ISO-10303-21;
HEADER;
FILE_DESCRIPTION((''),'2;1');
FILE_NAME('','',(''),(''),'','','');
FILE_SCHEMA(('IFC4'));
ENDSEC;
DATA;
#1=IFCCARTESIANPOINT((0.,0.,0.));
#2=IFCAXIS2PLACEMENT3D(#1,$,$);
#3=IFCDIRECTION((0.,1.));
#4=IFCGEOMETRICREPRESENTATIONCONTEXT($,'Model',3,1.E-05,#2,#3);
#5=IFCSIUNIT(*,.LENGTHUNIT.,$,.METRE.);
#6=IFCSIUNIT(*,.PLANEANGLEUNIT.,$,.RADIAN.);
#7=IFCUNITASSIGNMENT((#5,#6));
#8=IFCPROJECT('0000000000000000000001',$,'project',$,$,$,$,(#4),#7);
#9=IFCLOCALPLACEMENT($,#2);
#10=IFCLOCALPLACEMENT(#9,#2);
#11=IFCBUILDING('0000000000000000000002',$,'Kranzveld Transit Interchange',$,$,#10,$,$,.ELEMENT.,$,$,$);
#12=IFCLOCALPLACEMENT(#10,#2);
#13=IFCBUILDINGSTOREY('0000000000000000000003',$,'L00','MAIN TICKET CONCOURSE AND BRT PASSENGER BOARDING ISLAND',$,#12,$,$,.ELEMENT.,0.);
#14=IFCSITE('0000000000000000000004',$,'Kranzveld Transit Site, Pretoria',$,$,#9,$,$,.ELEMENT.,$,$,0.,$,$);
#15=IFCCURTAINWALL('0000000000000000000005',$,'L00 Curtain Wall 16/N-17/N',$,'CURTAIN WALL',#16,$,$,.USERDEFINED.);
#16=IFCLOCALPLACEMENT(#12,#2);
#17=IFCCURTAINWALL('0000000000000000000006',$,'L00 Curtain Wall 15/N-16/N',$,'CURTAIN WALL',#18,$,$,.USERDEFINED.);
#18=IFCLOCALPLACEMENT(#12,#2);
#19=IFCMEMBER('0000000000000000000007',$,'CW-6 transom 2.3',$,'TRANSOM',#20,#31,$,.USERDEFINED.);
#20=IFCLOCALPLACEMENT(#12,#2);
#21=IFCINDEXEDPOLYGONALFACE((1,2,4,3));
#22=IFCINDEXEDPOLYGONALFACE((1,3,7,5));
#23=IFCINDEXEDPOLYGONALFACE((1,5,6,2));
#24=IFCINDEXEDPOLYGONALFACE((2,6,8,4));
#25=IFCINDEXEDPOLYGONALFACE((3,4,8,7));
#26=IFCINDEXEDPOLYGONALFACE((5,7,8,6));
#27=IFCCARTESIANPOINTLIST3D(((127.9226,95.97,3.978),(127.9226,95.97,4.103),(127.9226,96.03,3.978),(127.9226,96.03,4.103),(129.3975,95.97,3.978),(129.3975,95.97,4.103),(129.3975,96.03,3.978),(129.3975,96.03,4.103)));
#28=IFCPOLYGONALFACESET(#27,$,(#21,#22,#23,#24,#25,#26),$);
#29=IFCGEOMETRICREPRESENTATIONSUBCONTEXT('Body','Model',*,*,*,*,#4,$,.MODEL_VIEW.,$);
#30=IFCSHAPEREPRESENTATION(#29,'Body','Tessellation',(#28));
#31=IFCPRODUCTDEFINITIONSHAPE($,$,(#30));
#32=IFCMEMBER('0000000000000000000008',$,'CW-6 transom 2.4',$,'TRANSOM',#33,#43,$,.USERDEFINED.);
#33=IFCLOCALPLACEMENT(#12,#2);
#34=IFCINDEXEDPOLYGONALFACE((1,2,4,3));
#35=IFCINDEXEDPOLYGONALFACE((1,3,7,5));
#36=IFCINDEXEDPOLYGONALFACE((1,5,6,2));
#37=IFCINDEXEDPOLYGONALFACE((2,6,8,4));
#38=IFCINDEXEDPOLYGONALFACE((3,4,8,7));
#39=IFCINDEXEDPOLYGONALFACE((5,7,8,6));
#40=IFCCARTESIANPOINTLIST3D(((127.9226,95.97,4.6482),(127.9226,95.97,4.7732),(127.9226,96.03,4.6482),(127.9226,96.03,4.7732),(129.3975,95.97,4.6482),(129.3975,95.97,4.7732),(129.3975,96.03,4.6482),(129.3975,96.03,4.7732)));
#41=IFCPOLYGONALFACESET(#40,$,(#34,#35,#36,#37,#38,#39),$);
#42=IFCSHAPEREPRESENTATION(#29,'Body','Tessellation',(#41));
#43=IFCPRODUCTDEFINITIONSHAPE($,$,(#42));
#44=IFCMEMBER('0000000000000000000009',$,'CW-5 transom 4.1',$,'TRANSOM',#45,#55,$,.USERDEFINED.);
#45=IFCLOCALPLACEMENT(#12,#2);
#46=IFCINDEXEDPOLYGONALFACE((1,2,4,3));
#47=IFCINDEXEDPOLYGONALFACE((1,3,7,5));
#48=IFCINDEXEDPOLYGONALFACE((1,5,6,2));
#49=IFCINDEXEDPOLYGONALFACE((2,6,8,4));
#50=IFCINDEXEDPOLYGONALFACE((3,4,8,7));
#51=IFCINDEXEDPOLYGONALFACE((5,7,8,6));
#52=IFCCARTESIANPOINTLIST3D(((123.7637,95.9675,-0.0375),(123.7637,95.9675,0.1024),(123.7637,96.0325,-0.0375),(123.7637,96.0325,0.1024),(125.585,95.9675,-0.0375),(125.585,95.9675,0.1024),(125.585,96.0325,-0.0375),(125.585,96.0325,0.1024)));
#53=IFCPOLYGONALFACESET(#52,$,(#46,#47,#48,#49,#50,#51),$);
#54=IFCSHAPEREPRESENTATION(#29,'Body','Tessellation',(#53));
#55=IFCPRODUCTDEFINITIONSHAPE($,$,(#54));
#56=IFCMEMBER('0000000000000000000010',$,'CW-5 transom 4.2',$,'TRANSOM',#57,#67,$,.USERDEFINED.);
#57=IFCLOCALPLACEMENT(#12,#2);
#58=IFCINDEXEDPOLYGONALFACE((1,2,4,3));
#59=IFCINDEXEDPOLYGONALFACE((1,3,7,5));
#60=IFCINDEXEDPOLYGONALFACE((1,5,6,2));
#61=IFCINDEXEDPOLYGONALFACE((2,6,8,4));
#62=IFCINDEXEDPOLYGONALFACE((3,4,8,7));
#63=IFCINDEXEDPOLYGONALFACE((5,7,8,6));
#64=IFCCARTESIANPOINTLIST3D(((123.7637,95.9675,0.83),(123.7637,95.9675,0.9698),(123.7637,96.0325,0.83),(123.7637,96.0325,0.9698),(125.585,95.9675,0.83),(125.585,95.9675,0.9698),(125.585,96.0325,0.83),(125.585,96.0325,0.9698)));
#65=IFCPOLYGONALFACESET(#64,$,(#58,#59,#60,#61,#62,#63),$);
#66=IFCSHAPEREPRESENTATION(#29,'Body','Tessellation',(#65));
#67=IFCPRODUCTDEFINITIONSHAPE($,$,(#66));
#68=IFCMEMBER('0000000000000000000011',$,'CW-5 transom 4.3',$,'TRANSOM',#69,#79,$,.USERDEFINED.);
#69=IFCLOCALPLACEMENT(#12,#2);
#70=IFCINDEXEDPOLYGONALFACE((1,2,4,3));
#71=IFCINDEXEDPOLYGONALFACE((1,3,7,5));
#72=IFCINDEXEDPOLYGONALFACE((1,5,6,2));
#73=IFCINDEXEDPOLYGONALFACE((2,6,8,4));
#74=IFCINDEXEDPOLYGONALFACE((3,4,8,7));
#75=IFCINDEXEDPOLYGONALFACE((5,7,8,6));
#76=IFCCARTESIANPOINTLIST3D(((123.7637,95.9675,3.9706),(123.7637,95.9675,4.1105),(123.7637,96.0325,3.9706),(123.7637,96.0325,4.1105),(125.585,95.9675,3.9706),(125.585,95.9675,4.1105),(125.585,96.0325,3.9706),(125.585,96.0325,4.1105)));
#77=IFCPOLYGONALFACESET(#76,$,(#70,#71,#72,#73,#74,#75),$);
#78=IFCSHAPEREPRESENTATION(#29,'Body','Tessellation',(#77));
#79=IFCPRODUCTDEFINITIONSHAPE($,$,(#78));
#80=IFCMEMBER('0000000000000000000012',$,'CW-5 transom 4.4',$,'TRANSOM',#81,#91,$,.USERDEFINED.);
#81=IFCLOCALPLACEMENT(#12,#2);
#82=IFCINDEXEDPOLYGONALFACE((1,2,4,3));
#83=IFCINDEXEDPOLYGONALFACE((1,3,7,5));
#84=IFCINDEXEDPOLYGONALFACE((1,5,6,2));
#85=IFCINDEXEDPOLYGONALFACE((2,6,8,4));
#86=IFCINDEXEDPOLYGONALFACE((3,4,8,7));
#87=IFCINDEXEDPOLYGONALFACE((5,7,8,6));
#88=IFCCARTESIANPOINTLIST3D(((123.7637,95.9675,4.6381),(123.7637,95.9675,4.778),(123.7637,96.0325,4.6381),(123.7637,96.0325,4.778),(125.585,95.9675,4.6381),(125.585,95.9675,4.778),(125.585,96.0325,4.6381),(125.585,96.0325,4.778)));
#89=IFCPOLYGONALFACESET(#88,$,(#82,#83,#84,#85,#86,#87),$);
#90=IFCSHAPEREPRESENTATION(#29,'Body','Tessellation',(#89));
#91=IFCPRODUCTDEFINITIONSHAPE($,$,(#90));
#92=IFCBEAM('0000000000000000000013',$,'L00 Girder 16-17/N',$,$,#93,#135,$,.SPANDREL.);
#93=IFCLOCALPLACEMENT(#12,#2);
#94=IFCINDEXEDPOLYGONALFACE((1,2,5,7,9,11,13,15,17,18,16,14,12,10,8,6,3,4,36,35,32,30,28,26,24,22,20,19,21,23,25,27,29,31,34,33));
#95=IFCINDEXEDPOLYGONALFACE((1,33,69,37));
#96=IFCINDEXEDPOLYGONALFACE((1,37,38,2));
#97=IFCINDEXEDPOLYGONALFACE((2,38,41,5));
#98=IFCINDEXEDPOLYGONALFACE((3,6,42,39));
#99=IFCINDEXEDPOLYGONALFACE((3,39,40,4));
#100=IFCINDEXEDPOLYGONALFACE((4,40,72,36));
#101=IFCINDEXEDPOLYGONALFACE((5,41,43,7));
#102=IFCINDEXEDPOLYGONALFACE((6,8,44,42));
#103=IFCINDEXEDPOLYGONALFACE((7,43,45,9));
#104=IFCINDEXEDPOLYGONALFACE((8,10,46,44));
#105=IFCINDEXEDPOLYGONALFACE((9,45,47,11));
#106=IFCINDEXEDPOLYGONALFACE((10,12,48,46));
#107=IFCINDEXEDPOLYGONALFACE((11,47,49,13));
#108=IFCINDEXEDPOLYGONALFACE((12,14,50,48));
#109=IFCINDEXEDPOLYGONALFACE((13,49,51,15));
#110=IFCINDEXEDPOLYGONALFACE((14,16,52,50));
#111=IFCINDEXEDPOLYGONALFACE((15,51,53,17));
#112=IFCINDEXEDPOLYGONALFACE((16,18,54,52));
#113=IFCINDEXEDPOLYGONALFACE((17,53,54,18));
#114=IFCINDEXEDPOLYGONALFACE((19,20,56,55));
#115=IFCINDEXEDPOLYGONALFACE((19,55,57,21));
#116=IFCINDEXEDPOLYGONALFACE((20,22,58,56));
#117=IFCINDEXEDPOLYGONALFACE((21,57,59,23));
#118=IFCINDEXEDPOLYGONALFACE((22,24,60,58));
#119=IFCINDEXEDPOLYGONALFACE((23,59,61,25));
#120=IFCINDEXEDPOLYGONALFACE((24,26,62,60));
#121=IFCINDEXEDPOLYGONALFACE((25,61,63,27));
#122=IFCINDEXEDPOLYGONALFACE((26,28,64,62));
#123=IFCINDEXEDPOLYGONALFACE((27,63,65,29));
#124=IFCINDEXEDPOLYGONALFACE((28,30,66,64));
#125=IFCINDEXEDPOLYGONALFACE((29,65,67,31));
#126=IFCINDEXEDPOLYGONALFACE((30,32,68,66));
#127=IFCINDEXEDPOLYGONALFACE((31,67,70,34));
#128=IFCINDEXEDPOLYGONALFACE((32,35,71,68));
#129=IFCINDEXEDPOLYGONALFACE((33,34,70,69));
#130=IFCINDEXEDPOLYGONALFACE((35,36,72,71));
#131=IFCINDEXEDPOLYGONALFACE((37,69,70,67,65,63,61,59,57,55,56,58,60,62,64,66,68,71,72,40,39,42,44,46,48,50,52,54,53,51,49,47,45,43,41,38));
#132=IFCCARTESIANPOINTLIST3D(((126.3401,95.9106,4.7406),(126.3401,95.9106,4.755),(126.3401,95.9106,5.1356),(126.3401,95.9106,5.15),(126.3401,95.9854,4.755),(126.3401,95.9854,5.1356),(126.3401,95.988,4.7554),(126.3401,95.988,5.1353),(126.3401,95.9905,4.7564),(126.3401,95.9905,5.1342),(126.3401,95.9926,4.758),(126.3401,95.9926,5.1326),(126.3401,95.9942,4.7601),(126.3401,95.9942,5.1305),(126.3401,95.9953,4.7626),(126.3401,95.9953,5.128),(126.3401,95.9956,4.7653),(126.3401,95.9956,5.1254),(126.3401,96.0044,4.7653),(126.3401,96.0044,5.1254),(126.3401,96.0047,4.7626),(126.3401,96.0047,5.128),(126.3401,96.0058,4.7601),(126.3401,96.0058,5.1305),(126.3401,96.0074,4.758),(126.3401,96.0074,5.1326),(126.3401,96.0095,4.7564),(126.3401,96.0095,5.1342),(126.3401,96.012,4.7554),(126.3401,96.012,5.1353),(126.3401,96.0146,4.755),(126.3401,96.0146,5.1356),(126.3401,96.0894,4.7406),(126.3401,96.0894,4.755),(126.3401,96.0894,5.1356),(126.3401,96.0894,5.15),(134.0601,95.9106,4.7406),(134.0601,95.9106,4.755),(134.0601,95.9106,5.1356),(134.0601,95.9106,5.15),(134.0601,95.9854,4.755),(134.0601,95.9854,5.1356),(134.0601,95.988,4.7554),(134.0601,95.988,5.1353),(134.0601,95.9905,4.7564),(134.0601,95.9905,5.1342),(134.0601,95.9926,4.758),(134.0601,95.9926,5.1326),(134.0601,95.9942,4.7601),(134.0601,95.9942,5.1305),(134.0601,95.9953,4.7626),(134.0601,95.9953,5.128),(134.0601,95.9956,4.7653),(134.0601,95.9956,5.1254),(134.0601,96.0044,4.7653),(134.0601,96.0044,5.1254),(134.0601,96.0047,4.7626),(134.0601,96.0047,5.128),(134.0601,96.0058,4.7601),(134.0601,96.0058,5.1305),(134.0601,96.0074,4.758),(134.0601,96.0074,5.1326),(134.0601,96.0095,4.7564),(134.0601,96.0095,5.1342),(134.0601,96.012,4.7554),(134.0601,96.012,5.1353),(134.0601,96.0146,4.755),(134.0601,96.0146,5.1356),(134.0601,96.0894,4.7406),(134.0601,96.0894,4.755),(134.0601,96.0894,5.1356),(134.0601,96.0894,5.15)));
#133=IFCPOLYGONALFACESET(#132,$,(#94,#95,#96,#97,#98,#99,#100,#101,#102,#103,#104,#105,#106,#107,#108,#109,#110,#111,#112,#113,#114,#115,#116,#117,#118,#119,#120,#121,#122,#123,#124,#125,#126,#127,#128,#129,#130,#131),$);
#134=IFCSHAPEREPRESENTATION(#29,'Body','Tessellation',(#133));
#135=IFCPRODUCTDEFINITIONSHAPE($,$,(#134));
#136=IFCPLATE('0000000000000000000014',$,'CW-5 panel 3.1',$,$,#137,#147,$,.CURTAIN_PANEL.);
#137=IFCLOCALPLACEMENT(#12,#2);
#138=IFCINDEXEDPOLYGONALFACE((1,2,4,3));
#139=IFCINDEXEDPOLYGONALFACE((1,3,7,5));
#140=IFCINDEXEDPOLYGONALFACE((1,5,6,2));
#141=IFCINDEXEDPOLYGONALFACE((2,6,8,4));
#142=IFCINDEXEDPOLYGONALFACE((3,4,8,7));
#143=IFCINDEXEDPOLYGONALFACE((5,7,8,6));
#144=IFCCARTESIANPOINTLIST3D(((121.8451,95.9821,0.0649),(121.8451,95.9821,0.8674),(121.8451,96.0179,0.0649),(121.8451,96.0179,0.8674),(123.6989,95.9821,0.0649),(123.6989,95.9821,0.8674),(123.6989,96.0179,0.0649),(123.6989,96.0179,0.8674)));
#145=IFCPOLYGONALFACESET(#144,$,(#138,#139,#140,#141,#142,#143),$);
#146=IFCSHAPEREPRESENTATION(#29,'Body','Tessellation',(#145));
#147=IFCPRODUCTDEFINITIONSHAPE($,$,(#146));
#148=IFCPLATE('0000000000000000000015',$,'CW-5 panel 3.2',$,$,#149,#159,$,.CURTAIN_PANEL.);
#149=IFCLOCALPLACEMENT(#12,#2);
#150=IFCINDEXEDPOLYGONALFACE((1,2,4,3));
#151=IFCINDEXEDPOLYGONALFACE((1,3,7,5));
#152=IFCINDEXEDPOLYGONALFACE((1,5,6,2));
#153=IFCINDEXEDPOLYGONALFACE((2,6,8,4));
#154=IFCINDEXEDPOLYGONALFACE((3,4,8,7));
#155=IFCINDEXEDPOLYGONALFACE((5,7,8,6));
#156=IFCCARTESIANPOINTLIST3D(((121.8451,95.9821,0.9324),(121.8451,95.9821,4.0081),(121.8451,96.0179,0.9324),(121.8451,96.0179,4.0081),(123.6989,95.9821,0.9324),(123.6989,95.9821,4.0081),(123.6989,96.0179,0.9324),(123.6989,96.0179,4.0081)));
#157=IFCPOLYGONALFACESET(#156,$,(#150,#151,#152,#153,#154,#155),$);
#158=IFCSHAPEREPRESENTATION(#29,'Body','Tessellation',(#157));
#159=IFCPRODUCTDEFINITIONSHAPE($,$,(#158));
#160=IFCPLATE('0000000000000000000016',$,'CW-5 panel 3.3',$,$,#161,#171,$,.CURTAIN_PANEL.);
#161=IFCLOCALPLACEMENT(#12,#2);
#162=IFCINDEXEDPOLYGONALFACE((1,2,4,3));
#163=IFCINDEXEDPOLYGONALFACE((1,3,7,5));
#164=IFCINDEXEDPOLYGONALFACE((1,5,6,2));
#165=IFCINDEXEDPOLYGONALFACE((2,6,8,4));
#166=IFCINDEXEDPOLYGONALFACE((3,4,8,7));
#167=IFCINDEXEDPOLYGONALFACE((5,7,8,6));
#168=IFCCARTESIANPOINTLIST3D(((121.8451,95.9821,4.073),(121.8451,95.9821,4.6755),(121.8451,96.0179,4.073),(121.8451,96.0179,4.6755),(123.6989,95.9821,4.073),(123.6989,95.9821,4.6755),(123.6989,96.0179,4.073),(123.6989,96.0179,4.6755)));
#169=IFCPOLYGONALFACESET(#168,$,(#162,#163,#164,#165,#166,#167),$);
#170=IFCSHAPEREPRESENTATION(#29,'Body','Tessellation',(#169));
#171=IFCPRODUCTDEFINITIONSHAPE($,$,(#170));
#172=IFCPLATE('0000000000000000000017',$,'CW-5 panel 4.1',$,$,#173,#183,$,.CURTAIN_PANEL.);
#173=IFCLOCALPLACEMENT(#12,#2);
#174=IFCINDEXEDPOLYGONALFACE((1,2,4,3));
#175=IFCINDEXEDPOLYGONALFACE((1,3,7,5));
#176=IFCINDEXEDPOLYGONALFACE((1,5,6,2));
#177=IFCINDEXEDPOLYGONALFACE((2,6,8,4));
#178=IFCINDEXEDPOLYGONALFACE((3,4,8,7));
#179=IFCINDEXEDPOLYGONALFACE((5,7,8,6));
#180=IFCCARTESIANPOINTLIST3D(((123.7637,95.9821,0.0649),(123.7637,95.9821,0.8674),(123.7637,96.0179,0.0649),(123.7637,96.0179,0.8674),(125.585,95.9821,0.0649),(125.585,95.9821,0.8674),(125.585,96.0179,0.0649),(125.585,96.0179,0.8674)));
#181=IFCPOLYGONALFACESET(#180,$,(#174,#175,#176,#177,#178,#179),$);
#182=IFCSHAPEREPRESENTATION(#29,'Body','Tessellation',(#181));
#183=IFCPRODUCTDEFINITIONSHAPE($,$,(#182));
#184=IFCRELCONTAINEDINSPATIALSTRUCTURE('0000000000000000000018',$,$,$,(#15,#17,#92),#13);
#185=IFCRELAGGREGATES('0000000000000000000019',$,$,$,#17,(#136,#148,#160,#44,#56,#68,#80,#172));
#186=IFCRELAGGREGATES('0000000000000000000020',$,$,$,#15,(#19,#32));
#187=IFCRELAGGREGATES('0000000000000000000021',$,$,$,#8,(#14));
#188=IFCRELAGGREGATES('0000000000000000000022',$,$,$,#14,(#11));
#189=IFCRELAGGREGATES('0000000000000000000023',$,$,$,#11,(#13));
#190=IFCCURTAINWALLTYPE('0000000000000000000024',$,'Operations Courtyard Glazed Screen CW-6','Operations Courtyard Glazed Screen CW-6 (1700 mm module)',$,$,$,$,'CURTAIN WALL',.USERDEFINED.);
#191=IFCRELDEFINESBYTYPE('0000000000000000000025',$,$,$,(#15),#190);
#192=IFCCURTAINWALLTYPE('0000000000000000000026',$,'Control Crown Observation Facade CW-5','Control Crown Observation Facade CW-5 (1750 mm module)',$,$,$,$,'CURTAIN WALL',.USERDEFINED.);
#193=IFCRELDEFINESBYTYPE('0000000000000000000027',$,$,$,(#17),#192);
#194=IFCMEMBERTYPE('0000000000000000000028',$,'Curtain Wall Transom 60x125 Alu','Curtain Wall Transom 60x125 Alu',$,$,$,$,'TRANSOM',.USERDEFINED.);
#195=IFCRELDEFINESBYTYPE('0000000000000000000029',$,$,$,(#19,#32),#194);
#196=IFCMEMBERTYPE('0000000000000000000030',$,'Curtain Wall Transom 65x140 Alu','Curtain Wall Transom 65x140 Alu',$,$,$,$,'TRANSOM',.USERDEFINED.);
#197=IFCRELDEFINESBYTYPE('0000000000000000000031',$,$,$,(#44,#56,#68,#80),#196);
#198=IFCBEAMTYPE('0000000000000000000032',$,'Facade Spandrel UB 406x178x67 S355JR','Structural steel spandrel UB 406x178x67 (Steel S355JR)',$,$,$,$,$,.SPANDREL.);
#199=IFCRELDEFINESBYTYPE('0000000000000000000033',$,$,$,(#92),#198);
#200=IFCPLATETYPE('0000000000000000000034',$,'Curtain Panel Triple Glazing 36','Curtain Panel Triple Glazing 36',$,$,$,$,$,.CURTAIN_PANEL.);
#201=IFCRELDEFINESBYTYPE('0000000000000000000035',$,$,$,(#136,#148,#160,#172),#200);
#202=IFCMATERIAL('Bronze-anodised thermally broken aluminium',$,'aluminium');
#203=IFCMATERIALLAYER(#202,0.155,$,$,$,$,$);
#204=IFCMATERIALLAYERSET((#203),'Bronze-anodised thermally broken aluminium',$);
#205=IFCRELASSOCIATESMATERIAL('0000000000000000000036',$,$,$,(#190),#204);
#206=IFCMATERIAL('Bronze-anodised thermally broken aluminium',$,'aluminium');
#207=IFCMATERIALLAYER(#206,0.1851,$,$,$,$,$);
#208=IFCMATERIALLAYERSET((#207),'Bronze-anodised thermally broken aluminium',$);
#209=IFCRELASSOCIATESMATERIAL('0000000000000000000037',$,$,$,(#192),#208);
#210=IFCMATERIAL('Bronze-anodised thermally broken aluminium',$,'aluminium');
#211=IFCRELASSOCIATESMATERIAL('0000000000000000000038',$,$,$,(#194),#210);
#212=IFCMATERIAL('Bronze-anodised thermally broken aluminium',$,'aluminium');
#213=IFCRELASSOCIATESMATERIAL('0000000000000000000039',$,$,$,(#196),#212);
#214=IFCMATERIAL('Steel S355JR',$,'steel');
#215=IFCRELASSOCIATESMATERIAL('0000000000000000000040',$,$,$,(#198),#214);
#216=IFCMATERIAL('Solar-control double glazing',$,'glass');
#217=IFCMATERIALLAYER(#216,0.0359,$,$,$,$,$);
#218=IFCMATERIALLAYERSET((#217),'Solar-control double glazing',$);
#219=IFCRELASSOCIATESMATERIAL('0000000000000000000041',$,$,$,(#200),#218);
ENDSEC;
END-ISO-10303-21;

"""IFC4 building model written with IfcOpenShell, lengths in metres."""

from ifc_helpers import new_model, si_unit, direction, frame, origin, origin_2d, place, context, subcontext, project, spatial, rectangle, i_section, extrude, material, layer, layer_set, material_profile, profile_set, type_object, element, aggregate, save


model = new_model("IFC4")

# Units and contexts
model_context = context("Model", 3, precision=1e-05, world=origin(), true_north=direction((0.0, 1.0)))
body_context = subcontext(model_context, "Body", "Model", "MODEL_VIEW")
ifc_project = project(units=[si_unit("LENGTHUNIT", "METRE"), si_unit("PLANEANGLEUNIT", "RADIAN")], contexts=[model_context])

# Site, building, storey
site_placement = place(None, origin())
site = spatial("IfcSite", under=ifc_project, at=site_placement, Name="Kranzveld Transit Site, Pretoria", CompositionType="ELEMENT", RefElevation=0.0)
building_placement = place(site_placement, origin())
building = spatial("IfcBuilding", under=site, at=building_placement, Name="Kranzveld Transit Interchange", CompositionType="ELEMENT")
storey_placement = place(building_placement, origin())
storey = spatial("IfcBuildingStorey", under=building, at=storey_placement, Name="L00", Description="MAIN TICKET CONCOURSE AND BRT PASSENGER BOARDING ISLAND", CompositionType="ELEMENT", Elevation=0.0)

# Curtain walls
ifc_material_1 = material(Name="Bronze-anodised thermally broken aluminium", Category="aluminium")
ifc_layer_1 = layer(ifc_material_1, 0.155)
ifc_layer_set_1 = layer_set([ifc_layer_1], Name="Bronze-anodised thermally broken aluminium")
curtain_wall_type_1 = type_object("IfcCurtainWallType", Name="Operations Courtyard Glazed Screen CW-6", Description="Operations Courtyard Glazed Screen CW-6 (1700 mm module)", ElementType="CURTAIN WALL", PredefinedType="USERDEFINED", material=ifc_layer_set_1)
curtain_wall_1_placement = place(storey_placement, origin())
curtain_wall_1 = element("IfcCurtainWall", 1, at=curtain_wall_1_placement, inside=storey, type_object=curtain_wall_type_1, Name="L00 Curtain Wall 16/N-17/N", ObjectType="CURTAIN WALL", PredefinedType="USERDEFINED")
ifc_material_2 = material(Name="Bronze-anodised thermally broken aluminium", Category="aluminium")
ifc_layer_2 = layer(ifc_material_2, 0.1851)
ifc_layer_set_2 = layer_set([ifc_layer_2], Name="Bronze-anodised thermally broken aluminium")
curtain_wall_type_2 = type_object("IfcCurtainWallType", Name="Control Crown Observation Facade CW-5", Description="Control Crown Observation Facade CW-5 (1750 mm module)", ElementType="CURTAIN WALL", PredefinedType="USERDEFINED", material=ifc_layer_set_2)
curtain_wall_2_placement = place(storey_placement, origin())
curtain_wall_2 = element("IfcCurtainWall", 2, at=curtain_wall_2_placement, inside=storey, type_object=curtain_wall_type_2, Name="L00 Curtain Wall 15/N-16/N", ObjectType="CURTAIN WALL", PredefinedType="USERDEFINED")

# Members
ifc_material_3 = material(Name="Bronze-anodised thermally broken aluminium", Category="aluminium")
ifc_material_profile_1 = material_profile(ifc_material_3, rectangle(XDim=0.0601, YDim=0.125, at=origin_2d()), Name="ALU TRANSOM 60x125")
ifc_profile_set_1 = profile_set([ifc_material_profile_1], Name="Bronze-anodised thermally broken aluminium")
member_type_1 = type_object("IfcMemberType", Name="Curtain Wall Transom 60x125 Alu", Description="Curtain Wall Transom 60x125 Alu", ElementType="TRANSOM", PredefinedType="USERDEFINED", material=ifc_profile_set_1)
member_1_placement = place(storey_placement, frame((127.9226, 96.0, 4.0405), z_axis=(1.0, 0.0, 0.0), x_axis=(0.0, 1.0, 0.0)))
member_1 = element("IfcMember", 3, at=member_1_placement, type_object=member_type_1, Name="CW-6 transom 2.3", ObjectType="TRANSOM", PredefinedType="USERDEFINED", context=body_context, shape_type="SweptSolid", body=[
    extrude(rectangle(XDim=0.0601, YDim=0.125, at=origin_2d()), origin(), (0.0, 0.0, 1.0), 1.4749),
])
member_2_placement = place(storey_placement, frame((127.9226, 96.0, 4.7107), z_axis=(1.0, 0.0, 0.0), x_axis=(0.0, 1.0, 0.0)))
member_2 = element("IfcMember", 4, at=member_2_placement, type_object=member_type_1, Name="CW-6 transom 2.4", ObjectType="TRANSOM", PredefinedType="USERDEFINED", context=body_context, shape_type="SweptSolid", body=[
    extrude(rectangle(XDim=0.0601, YDim=0.125, at=origin_2d()), origin(), (0.0, 0.0, 1.0), 1.4749),
])
ifc_material_4 = material(Name="Bronze-anodised thermally broken aluminium", Category="aluminium")
ifc_material_profile_2 = material_profile(ifc_material_4, rectangle(XDim=0.0649, YDim=0.1399, at=origin_2d()), Name="ALU TRANSOM 65x140")
ifc_profile_set_2 = profile_set([ifc_material_profile_2], Name="Bronze-anodised thermally broken aluminium")
member_type_2 = type_object("IfcMemberType", Name="Curtain Wall Transom 65x140 Alu", Description="Curtain Wall Transom 65x140 Alu", ElementType="TRANSOM", PredefinedType="USERDEFINED", material=ifc_profile_set_2)
member_3_placement = place(storey_placement, frame((123.7637, 96.0, 0.0325), z_axis=(1.0, 0.0, 0.0), x_axis=(0.0, 1.0, 0.0)))
member_3 = element("IfcMember", 5, at=member_3_placement, type_object=member_type_2, Name="CW-5 transom 4.1", ObjectType="TRANSOM", PredefinedType="USERDEFINED", context=body_context, shape_type="SweptSolid", body=[
    extrude(rectangle(XDim=0.0649, YDim=0.1399, at=origin_2d()), origin(), (0.0, 0.0, 1.0), 1.8213),
])
member_4_placement = place(storey_placement, frame((123.7637, 96.0, 0.8999), z_axis=(1.0, 0.0, 0.0), x_axis=(0.0, 1.0, 0.0)))
member_4 = element("IfcMember", 6, at=member_4_placement, type_object=member_type_2, Name="CW-5 transom 4.2", ObjectType="TRANSOM", PredefinedType="USERDEFINED", context=body_context, shape_type="SweptSolid", body=[
    extrude(rectangle(XDim=0.0649, YDim=0.1399, at=origin_2d()), origin(), (0.0, 0.0, 1.0), 1.8213),
])
member_5_placement = place(storey_placement, frame((123.7637, 96.0, 4.0405), z_axis=(1.0, 0.0, 0.0), x_axis=(0.0, 1.0, 0.0)))
member_5 = element("IfcMember", 7, at=member_5_placement, type_object=member_type_2, Name="CW-5 transom 4.3", ObjectType="TRANSOM", PredefinedType="USERDEFINED", context=body_context, shape_type="SweptSolid", body=[
    extrude(rectangle(XDim=0.0649, YDim=0.1399, at=origin_2d()), origin(), (0.0, 0.0, 1.0), 1.8213),
])
member_6_placement = place(storey_placement, frame((123.7637, 96.0, 4.708), z_axis=(1.0, 0.0, 0.0), x_axis=(0.0, 1.0, 0.0)))
member_6 = element("IfcMember", 8, at=member_6_placement, type_object=member_type_2, Name="CW-5 transom 4.4", ObjectType="TRANSOM", PredefinedType="USERDEFINED", context=body_context, shape_type="SweptSolid", body=[
    extrude(rectangle(XDim=0.0649, YDim=0.1399, at=origin_2d()), origin(), (0.0, 0.0, 1.0), 1.8213),
])

# Beam
ifc_material_5 = material(Name="Steel S355JR", Category="steel")
ifc_material_profile_3 = material_profile(ifc_material_5, i_section(OverallWidth=0.1787, OverallDepth=0.4094, WebThickness=0.0088, FlangeThickness=0.0144, FilletRadius=0.0103, at=origin_2d()), Name="UB 406x178x67")
ifc_profile_set_3 = profile_set([ifc_material_profile_3], Name="Steel S355JR")
beam_type = type_object("IfcBeamType", Name="Facade Spandrel UB 406x178x67 S355JR", Description="Structural steel spandrel UB 406x178x67 (Steel S355JR)", PredefinedType="SPANDREL", material=ifc_profile_set_3)
beam_placement = place(storey_placement, frame((126.3401, 96.0, 4.9453), z_axis=(1.0, 0.0, 0.0), x_axis=(0.0, 1.0, 0.0)))
element("IfcBeam", 9, at=beam_placement, inside=storey, type_object=beam_type, Name="L00 Girder 16-17/N", PredefinedType="SPANDREL", context=body_context, shape_type="SweptSolid", body=[
    extrude(i_section(OverallWidth=0.1787, OverallDepth=0.4094, WebThickness=0.0088, FlangeThickness=0.0144, FilletRadius=0.0103, at=origin_2d()), origin(), (0.0, 0.0, 1.0), 7.72),
])

# Plates
ifc_material_6 = material(Name="Solar-control double glazing", Category="glass")
ifc_layer_3 = layer(ifc_material_6, 0.0359)
ifc_layer_set_3 = layer_set([ifc_layer_3], Name="Solar-control double glazing")
plate_type_1 = type_object("IfcPlateType", Name="Curtain Panel Triple Glazing 36", Description="Curtain Panel Triple Glazing 36", PredefinedType="CURTAIN_PANEL", material=ifc_layer_set_3)
plate_1_placement = place(storey_placement, frame((122.772, 96.0, 0.0649), z_axis=(0.0, 0.0, 1.0), x_axis=(1.0, 0.0, 0.0)))
plate_1 = element("IfcPlate", 10, at=plate_1_placement, type_object=plate_type_1, Name="CW-5 panel 3.1", PredefinedType="CURTAIN_PANEL", context=body_context, shape_type="SweptSolid", body=[
    extrude(rectangle(XDim=1.8538, YDim=0.0359, at=origin_2d()), origin(), (0.0, 0.0, 1.0), 0.8025),
])
plate_2_placement = place(storey_placement, frame((122.772, 96.0, 0.9324), z_axis=(0.0, 0.0, 1.0), x_axis=(1.0, 0.0, 0.0)))
plate_2 = element("IfcPlate", 11, at=plate_2_placement, type_object=plate_type_1, Name="CW-5 panel 3.2", PredefinedType="CURTAIN_PANEL", context=body_context, shape_type="SweptSolid", body=[
    extrude(rectangle(XDim=1.8538, YDim=0.0359, at=origin_2d()), origin(), (0.0, 0.0, 1.0), 3.0757),
])
plate_3_placement = place(storey_placement, frame((122.772, 96.0, 4.073), z_axis=(0.0, 0.0, 1.0), x_axis=(1.0, 0.0, 0.0)))
plate_3 = element("IfcPlate", 12, at=plate_3_placement, type_object=plate_type_1, Name="CW-5 panel 3.3", PredefinedType="CURTAIN_PANEL", context=body_context, shape_type="SweptSolid", body=[
    extrude(rectangle(XDim=1.8538, YDim=0.0359, at=origin_2d()), origin(), (0.0, 0.0, 1.0), 0.6025),
])
plate_4_placement = place(storey_placement, frame((124.6743, 96.0, 0.0649), z_axis=(0.0, 0.0, 1.0), x_axis=(1.0, 0.0, 0.0)))
plate_4 = element("IfcPlate", 13, at=plate_4_placement, type_object=plate_type_1, Name="CW-5 panel 4.1", PredefinedType="CURTAIN_PANEL", context=body_context, shape_type="SweptSolid", body=[
    extrude(rectangle(XDim=1.8213, YDim=0.0359, at=origin_2d()), origin(), (0.0, 0.0, 1.0), 0.8025),
])
aggregate(curtain_wall_2, [plate_1, plate_2, plate_3, member_3, member_4, member_5, member_6, plate_4])
aggregate(curtain_wall_1, [member_1, member_2])

save(model, "model.ifc")
